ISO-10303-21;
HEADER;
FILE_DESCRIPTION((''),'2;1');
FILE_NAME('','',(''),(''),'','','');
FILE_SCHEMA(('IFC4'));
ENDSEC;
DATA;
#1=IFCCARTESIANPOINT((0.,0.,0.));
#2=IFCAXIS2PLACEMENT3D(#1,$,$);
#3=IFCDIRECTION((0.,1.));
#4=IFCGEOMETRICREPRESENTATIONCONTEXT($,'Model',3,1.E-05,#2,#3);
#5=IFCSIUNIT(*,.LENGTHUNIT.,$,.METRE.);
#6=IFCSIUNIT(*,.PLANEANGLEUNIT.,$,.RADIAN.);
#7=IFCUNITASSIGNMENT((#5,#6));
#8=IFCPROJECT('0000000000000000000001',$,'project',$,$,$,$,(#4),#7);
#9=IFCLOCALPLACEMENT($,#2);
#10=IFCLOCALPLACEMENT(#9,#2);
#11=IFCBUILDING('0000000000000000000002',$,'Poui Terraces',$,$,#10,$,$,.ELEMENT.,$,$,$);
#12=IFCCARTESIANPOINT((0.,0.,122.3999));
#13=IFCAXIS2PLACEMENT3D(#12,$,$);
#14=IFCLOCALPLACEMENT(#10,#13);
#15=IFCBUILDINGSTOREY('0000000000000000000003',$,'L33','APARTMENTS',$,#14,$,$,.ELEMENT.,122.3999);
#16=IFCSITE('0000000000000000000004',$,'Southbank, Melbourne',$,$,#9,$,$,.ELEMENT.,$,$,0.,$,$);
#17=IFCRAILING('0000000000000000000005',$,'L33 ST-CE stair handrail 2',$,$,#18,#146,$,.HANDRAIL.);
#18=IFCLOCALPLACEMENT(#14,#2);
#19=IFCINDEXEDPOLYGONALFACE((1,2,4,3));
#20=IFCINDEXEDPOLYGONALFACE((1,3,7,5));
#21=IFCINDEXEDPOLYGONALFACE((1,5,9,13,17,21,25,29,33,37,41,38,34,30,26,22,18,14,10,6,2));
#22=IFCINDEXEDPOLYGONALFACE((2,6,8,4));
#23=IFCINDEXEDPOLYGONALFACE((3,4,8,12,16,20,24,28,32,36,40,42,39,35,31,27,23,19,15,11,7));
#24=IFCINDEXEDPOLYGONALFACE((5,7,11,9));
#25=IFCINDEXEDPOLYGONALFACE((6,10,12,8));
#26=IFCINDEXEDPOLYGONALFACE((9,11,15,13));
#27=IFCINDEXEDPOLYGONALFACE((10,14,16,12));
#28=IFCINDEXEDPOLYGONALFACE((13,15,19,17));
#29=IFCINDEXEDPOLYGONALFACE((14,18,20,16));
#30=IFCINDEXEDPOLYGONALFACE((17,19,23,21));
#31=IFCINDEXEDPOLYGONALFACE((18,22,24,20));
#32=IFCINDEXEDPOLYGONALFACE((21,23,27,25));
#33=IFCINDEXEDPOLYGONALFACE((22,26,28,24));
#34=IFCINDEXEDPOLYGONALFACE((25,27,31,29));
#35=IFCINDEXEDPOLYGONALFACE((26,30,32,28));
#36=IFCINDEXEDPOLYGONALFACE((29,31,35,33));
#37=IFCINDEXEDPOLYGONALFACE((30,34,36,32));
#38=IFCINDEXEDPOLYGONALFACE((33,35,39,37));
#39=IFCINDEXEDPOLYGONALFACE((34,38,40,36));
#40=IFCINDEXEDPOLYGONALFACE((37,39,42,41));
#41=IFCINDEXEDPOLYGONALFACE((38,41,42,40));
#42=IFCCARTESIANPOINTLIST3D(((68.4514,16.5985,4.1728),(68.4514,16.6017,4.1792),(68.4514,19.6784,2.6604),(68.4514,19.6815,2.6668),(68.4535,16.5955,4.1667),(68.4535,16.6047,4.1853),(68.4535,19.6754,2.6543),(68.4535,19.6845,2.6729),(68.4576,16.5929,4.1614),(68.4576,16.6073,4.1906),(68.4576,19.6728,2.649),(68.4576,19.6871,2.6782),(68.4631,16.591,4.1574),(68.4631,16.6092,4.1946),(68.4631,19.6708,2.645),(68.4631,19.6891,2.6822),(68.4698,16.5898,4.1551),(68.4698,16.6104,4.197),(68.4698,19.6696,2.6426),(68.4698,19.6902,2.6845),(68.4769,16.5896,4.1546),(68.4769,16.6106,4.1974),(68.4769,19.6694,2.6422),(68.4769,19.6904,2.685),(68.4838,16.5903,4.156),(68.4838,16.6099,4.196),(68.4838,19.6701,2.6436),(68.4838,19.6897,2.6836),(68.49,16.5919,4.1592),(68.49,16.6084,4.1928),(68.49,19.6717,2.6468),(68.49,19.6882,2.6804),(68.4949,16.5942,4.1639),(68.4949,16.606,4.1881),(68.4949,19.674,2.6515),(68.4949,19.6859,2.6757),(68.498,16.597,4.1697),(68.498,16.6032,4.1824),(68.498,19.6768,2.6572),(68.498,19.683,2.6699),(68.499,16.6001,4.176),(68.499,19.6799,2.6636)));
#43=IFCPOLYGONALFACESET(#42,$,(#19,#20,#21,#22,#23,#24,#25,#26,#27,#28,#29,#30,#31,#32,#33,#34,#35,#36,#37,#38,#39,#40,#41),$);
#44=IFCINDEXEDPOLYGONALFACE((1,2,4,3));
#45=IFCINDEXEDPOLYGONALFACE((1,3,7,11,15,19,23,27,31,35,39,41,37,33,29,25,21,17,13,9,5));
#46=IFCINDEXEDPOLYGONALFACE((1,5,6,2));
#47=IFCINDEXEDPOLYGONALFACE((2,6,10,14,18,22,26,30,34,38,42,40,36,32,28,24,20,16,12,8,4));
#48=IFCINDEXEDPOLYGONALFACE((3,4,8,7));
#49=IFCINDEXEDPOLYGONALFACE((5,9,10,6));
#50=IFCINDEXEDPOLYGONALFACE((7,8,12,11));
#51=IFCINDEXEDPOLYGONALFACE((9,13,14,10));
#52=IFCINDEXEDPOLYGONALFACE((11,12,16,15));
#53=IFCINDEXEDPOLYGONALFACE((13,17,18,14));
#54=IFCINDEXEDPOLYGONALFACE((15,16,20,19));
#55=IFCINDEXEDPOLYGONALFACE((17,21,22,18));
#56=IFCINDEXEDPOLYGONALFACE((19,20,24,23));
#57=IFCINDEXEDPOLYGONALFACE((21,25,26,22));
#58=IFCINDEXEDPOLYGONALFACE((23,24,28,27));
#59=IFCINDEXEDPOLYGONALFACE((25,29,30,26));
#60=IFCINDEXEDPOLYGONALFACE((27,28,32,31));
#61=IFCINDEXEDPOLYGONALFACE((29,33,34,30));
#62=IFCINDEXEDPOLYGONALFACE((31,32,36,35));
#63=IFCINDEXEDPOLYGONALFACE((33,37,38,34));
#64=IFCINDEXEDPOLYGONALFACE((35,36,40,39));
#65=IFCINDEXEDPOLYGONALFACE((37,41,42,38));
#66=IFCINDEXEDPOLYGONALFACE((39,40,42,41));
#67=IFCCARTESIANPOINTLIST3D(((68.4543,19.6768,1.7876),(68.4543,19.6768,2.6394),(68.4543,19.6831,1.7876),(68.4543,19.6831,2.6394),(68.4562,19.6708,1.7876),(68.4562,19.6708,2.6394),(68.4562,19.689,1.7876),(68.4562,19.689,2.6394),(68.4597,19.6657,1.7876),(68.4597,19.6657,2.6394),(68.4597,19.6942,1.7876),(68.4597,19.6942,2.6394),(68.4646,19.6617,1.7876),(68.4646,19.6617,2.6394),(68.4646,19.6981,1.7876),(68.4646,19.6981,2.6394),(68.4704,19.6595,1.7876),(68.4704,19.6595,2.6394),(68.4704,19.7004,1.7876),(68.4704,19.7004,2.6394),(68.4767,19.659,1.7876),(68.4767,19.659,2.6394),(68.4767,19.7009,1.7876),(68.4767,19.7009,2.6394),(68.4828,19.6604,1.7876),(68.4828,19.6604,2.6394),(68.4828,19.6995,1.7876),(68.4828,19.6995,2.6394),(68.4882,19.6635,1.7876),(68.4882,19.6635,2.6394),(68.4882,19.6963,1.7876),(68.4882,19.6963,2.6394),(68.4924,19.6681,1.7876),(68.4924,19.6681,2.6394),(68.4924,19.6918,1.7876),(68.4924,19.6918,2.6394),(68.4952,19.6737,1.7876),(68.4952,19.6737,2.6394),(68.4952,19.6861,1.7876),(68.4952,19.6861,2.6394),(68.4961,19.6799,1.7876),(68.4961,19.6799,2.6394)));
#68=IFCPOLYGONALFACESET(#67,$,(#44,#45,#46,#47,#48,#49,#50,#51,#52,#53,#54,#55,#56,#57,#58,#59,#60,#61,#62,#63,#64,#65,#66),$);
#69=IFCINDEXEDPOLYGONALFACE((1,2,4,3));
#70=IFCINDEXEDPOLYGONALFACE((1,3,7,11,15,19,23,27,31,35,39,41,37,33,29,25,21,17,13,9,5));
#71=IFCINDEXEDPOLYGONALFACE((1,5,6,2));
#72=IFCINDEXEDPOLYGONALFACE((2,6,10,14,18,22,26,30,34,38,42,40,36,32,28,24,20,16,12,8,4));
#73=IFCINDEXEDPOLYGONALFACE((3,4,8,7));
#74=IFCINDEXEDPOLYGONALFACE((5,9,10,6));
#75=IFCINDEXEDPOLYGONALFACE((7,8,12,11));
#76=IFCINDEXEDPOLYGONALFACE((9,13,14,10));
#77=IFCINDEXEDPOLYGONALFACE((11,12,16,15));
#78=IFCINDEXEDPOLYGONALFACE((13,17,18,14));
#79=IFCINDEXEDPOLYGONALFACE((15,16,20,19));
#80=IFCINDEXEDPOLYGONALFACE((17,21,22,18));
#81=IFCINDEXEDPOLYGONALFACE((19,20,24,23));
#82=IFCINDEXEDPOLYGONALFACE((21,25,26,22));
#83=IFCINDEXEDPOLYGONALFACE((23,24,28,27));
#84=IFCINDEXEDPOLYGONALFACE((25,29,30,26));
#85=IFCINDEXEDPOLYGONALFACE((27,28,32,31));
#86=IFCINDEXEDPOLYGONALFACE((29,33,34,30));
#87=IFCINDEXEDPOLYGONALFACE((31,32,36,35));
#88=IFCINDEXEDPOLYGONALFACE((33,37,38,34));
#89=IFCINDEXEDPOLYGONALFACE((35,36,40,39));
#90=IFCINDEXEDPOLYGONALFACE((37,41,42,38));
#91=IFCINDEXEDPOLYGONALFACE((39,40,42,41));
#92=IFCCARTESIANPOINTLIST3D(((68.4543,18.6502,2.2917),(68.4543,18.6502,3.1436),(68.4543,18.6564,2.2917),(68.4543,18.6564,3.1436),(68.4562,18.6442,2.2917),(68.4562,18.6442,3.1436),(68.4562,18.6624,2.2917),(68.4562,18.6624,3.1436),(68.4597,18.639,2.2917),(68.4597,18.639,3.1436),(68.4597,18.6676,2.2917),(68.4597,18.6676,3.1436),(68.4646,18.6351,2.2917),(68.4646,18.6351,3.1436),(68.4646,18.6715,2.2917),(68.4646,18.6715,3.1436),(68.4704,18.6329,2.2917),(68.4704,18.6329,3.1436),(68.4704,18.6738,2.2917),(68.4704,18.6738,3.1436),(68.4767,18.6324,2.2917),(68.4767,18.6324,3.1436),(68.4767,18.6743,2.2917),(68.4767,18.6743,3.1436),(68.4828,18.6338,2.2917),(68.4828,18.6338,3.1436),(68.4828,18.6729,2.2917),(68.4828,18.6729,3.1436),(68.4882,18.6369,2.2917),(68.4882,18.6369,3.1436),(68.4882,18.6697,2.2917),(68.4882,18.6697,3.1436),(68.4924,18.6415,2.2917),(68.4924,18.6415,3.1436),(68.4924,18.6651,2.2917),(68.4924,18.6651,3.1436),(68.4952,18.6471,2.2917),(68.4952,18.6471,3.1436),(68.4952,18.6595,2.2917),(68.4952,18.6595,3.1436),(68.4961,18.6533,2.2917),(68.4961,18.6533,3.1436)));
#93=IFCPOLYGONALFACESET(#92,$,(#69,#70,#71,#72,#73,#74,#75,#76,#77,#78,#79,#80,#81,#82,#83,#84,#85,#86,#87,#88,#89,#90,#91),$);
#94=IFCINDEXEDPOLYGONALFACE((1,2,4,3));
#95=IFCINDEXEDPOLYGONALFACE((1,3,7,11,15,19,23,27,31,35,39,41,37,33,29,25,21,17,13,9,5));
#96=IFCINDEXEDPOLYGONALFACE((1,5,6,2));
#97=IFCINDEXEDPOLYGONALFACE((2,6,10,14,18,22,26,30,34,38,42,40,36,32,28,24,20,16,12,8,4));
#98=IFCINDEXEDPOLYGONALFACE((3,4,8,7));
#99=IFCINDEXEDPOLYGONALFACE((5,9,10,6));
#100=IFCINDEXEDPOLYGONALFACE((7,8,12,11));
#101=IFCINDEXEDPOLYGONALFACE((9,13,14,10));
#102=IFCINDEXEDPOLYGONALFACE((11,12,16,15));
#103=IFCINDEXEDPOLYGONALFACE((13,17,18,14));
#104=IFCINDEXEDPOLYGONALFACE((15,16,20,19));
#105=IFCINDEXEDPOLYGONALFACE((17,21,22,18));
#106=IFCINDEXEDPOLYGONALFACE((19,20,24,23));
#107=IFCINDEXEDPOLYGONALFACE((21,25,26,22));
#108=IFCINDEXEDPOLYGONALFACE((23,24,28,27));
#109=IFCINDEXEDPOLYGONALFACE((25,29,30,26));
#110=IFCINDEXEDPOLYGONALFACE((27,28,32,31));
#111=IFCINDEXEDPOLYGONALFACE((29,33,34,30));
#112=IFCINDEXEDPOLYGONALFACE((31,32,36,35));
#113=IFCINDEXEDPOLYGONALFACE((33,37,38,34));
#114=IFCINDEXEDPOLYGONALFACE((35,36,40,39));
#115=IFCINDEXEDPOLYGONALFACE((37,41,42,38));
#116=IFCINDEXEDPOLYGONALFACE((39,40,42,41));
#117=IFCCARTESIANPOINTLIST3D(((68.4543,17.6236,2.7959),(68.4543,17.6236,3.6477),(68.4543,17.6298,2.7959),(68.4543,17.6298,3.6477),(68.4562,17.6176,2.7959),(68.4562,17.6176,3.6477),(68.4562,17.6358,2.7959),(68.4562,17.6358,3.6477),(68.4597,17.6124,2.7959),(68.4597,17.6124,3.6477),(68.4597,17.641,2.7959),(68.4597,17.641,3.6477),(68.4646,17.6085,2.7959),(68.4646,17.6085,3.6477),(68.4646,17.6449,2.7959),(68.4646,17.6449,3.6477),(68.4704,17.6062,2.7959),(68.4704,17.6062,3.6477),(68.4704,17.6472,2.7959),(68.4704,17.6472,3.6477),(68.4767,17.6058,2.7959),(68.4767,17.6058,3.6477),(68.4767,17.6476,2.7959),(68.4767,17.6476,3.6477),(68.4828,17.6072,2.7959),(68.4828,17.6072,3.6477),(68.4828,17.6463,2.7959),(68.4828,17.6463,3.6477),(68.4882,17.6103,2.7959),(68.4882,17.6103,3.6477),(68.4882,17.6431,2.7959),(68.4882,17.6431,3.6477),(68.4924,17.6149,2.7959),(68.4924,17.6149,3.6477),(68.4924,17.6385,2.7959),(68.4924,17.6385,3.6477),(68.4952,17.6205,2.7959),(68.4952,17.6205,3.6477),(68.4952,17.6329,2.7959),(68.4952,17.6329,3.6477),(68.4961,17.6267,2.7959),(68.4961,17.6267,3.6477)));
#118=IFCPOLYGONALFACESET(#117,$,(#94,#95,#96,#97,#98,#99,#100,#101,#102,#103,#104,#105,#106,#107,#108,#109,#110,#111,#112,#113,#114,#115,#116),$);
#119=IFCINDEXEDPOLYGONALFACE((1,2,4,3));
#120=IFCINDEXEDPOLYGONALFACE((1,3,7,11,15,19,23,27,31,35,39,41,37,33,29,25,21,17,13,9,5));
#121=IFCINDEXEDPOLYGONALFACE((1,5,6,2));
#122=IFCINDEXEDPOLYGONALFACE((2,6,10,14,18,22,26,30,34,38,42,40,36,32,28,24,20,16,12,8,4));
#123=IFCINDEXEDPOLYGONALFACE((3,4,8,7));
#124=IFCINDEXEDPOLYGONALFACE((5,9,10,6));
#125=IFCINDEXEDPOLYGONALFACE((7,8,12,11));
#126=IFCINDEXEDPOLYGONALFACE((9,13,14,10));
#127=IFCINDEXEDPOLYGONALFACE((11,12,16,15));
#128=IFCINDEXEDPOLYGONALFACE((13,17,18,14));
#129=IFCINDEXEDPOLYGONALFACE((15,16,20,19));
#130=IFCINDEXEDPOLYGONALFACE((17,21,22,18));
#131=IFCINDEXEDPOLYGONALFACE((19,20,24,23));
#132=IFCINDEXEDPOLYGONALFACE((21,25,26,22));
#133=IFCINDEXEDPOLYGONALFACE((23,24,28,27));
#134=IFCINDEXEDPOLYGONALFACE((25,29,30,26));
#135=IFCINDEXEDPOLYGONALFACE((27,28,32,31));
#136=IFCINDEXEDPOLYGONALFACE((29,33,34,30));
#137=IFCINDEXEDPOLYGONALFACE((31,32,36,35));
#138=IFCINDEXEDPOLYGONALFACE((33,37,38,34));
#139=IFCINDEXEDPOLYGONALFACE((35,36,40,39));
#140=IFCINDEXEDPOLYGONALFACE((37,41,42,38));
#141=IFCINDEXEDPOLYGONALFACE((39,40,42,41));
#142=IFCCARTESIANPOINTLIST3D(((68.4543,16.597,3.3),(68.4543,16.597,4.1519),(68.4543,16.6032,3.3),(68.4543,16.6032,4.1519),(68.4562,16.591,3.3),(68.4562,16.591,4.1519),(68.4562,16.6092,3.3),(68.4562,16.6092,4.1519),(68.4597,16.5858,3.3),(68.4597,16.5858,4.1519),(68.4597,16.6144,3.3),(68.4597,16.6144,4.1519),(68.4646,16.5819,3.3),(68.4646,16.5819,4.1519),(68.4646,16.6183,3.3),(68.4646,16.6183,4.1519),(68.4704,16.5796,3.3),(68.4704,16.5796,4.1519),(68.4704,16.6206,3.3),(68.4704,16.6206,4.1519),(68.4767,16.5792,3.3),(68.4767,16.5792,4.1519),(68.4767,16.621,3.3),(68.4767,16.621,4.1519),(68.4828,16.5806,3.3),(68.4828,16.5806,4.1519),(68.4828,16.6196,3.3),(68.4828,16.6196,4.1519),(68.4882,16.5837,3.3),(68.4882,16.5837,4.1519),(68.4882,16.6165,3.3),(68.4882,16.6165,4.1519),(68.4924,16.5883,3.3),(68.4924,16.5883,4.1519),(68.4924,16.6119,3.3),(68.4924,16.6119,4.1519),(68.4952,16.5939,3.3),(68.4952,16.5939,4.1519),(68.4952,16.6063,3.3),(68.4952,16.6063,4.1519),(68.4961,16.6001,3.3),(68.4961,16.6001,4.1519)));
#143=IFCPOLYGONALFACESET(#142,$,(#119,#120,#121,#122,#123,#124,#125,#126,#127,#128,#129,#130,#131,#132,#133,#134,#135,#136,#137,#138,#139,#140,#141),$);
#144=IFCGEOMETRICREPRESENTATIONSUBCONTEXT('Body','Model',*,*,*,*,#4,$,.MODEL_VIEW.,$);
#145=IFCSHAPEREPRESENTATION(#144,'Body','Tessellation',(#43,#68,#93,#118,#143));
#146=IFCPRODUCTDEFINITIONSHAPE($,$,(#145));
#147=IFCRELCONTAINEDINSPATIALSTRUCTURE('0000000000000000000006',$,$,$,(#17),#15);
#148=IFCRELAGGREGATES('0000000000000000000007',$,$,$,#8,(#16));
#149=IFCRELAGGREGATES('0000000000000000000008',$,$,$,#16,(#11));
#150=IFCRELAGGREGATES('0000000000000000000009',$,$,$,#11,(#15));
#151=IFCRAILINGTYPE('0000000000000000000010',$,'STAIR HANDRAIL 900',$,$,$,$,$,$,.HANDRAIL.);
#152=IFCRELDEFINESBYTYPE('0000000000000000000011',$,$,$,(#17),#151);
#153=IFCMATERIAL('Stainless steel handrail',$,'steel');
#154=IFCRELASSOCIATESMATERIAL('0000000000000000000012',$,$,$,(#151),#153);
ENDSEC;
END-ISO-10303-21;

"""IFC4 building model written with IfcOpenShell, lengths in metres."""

from ifc_helpers import new_model, si_unit, direction, frame, origin, origin_2d, place, context, subcontext, project, spatial, circle, extrude, material, type_object, element, save


model = new_model("IFC4")

# Units and contexts
model_context = context("Model", 3, precision=1e-05, world=origin(), true_north=direction((0.0, 1.0)))
body_context = subcontext(model_context, "Body", "Model", "MODEL_VIEW")
ifc_project = project(units=[si_unit("LENGTHUNIT", "METRE"), si_unit("PLANEANGLEUNIT", "RADIAN")], contexts=[model_context])

# Site, building, storey
site_placement = place(None, origin())
site = spatial("IfcSite", under=ifc_project, at=site_placement, Name="Southbank, Melbourne", CompositionType="ELEMENT", RefElevation=0.0)
building_placement = place(site_placement, origin())
building = spatial("IfcBuilding", under=site, at=building_placement, Name="Poui Terraces", CompositionType="ELEMENT")
storey_placement = place(building_placement, frame((0.0, 0.0, 122.3999)))
storey = spatial("IfcBuildingStorey", under=building, at=storey_placement, Name="L33", Description="APARTMENTS", CompositionType="ELEMENT", Elevation=122.3999)

# Railing
ifc_material_1 = material(Name="Stainless steel handrail", Category="steel")
railing_type_1 = type_object("IfcRailingType", Name="STAIR HANDRAIL 900", PredefinedType="HANDRAIL", material=ifc_material_1)
railing_1_placement = place(storey_placement, frame((68.4751, 19.6799, 1.7876)))
element("IfcRailing", 1, at=railing_1_placement, inside=storey, type_object=railing_type_1, Name="L33 ST-CE stair handrail 2", PredefinedType="HANDRAIL", context=body_context, shape_type="SweptSolid", body=[
    extrude(circle(Radius=0.0239, at=origin_2d()), frame((0.0, 0.0, 0.876), z_axis=(0.0, -0.897606, 0.440798), x_axis=(1.0, 0.0, 0.0)), (0.0, 0.0, 1.0), 3.4312),
    extrude(circle(Radius=0.021, at=origin_2d()), origin(), (0.0, 0.0, 1.0), 0.8518),
    extrude(circle(Radius=0.021, at=origin_2d()), frame((0.0, -1.0266, 0.5042)), (0.0, 0.0, 1.0), 0.8518),
    extrude(circle(Radius=0.021, at=origin_2d()), frame((0.0, -2.0532, 1.0083)), (0.0, 0.0, 1.0), 0.8518),
    extrude(circle(Radius=0.021, at=origin_2d()), frame((0.0, -3.0798, 1.5125)), (0.0, 0.0, 1.0), 0.8518),
])

save(model, "model.ifc")
